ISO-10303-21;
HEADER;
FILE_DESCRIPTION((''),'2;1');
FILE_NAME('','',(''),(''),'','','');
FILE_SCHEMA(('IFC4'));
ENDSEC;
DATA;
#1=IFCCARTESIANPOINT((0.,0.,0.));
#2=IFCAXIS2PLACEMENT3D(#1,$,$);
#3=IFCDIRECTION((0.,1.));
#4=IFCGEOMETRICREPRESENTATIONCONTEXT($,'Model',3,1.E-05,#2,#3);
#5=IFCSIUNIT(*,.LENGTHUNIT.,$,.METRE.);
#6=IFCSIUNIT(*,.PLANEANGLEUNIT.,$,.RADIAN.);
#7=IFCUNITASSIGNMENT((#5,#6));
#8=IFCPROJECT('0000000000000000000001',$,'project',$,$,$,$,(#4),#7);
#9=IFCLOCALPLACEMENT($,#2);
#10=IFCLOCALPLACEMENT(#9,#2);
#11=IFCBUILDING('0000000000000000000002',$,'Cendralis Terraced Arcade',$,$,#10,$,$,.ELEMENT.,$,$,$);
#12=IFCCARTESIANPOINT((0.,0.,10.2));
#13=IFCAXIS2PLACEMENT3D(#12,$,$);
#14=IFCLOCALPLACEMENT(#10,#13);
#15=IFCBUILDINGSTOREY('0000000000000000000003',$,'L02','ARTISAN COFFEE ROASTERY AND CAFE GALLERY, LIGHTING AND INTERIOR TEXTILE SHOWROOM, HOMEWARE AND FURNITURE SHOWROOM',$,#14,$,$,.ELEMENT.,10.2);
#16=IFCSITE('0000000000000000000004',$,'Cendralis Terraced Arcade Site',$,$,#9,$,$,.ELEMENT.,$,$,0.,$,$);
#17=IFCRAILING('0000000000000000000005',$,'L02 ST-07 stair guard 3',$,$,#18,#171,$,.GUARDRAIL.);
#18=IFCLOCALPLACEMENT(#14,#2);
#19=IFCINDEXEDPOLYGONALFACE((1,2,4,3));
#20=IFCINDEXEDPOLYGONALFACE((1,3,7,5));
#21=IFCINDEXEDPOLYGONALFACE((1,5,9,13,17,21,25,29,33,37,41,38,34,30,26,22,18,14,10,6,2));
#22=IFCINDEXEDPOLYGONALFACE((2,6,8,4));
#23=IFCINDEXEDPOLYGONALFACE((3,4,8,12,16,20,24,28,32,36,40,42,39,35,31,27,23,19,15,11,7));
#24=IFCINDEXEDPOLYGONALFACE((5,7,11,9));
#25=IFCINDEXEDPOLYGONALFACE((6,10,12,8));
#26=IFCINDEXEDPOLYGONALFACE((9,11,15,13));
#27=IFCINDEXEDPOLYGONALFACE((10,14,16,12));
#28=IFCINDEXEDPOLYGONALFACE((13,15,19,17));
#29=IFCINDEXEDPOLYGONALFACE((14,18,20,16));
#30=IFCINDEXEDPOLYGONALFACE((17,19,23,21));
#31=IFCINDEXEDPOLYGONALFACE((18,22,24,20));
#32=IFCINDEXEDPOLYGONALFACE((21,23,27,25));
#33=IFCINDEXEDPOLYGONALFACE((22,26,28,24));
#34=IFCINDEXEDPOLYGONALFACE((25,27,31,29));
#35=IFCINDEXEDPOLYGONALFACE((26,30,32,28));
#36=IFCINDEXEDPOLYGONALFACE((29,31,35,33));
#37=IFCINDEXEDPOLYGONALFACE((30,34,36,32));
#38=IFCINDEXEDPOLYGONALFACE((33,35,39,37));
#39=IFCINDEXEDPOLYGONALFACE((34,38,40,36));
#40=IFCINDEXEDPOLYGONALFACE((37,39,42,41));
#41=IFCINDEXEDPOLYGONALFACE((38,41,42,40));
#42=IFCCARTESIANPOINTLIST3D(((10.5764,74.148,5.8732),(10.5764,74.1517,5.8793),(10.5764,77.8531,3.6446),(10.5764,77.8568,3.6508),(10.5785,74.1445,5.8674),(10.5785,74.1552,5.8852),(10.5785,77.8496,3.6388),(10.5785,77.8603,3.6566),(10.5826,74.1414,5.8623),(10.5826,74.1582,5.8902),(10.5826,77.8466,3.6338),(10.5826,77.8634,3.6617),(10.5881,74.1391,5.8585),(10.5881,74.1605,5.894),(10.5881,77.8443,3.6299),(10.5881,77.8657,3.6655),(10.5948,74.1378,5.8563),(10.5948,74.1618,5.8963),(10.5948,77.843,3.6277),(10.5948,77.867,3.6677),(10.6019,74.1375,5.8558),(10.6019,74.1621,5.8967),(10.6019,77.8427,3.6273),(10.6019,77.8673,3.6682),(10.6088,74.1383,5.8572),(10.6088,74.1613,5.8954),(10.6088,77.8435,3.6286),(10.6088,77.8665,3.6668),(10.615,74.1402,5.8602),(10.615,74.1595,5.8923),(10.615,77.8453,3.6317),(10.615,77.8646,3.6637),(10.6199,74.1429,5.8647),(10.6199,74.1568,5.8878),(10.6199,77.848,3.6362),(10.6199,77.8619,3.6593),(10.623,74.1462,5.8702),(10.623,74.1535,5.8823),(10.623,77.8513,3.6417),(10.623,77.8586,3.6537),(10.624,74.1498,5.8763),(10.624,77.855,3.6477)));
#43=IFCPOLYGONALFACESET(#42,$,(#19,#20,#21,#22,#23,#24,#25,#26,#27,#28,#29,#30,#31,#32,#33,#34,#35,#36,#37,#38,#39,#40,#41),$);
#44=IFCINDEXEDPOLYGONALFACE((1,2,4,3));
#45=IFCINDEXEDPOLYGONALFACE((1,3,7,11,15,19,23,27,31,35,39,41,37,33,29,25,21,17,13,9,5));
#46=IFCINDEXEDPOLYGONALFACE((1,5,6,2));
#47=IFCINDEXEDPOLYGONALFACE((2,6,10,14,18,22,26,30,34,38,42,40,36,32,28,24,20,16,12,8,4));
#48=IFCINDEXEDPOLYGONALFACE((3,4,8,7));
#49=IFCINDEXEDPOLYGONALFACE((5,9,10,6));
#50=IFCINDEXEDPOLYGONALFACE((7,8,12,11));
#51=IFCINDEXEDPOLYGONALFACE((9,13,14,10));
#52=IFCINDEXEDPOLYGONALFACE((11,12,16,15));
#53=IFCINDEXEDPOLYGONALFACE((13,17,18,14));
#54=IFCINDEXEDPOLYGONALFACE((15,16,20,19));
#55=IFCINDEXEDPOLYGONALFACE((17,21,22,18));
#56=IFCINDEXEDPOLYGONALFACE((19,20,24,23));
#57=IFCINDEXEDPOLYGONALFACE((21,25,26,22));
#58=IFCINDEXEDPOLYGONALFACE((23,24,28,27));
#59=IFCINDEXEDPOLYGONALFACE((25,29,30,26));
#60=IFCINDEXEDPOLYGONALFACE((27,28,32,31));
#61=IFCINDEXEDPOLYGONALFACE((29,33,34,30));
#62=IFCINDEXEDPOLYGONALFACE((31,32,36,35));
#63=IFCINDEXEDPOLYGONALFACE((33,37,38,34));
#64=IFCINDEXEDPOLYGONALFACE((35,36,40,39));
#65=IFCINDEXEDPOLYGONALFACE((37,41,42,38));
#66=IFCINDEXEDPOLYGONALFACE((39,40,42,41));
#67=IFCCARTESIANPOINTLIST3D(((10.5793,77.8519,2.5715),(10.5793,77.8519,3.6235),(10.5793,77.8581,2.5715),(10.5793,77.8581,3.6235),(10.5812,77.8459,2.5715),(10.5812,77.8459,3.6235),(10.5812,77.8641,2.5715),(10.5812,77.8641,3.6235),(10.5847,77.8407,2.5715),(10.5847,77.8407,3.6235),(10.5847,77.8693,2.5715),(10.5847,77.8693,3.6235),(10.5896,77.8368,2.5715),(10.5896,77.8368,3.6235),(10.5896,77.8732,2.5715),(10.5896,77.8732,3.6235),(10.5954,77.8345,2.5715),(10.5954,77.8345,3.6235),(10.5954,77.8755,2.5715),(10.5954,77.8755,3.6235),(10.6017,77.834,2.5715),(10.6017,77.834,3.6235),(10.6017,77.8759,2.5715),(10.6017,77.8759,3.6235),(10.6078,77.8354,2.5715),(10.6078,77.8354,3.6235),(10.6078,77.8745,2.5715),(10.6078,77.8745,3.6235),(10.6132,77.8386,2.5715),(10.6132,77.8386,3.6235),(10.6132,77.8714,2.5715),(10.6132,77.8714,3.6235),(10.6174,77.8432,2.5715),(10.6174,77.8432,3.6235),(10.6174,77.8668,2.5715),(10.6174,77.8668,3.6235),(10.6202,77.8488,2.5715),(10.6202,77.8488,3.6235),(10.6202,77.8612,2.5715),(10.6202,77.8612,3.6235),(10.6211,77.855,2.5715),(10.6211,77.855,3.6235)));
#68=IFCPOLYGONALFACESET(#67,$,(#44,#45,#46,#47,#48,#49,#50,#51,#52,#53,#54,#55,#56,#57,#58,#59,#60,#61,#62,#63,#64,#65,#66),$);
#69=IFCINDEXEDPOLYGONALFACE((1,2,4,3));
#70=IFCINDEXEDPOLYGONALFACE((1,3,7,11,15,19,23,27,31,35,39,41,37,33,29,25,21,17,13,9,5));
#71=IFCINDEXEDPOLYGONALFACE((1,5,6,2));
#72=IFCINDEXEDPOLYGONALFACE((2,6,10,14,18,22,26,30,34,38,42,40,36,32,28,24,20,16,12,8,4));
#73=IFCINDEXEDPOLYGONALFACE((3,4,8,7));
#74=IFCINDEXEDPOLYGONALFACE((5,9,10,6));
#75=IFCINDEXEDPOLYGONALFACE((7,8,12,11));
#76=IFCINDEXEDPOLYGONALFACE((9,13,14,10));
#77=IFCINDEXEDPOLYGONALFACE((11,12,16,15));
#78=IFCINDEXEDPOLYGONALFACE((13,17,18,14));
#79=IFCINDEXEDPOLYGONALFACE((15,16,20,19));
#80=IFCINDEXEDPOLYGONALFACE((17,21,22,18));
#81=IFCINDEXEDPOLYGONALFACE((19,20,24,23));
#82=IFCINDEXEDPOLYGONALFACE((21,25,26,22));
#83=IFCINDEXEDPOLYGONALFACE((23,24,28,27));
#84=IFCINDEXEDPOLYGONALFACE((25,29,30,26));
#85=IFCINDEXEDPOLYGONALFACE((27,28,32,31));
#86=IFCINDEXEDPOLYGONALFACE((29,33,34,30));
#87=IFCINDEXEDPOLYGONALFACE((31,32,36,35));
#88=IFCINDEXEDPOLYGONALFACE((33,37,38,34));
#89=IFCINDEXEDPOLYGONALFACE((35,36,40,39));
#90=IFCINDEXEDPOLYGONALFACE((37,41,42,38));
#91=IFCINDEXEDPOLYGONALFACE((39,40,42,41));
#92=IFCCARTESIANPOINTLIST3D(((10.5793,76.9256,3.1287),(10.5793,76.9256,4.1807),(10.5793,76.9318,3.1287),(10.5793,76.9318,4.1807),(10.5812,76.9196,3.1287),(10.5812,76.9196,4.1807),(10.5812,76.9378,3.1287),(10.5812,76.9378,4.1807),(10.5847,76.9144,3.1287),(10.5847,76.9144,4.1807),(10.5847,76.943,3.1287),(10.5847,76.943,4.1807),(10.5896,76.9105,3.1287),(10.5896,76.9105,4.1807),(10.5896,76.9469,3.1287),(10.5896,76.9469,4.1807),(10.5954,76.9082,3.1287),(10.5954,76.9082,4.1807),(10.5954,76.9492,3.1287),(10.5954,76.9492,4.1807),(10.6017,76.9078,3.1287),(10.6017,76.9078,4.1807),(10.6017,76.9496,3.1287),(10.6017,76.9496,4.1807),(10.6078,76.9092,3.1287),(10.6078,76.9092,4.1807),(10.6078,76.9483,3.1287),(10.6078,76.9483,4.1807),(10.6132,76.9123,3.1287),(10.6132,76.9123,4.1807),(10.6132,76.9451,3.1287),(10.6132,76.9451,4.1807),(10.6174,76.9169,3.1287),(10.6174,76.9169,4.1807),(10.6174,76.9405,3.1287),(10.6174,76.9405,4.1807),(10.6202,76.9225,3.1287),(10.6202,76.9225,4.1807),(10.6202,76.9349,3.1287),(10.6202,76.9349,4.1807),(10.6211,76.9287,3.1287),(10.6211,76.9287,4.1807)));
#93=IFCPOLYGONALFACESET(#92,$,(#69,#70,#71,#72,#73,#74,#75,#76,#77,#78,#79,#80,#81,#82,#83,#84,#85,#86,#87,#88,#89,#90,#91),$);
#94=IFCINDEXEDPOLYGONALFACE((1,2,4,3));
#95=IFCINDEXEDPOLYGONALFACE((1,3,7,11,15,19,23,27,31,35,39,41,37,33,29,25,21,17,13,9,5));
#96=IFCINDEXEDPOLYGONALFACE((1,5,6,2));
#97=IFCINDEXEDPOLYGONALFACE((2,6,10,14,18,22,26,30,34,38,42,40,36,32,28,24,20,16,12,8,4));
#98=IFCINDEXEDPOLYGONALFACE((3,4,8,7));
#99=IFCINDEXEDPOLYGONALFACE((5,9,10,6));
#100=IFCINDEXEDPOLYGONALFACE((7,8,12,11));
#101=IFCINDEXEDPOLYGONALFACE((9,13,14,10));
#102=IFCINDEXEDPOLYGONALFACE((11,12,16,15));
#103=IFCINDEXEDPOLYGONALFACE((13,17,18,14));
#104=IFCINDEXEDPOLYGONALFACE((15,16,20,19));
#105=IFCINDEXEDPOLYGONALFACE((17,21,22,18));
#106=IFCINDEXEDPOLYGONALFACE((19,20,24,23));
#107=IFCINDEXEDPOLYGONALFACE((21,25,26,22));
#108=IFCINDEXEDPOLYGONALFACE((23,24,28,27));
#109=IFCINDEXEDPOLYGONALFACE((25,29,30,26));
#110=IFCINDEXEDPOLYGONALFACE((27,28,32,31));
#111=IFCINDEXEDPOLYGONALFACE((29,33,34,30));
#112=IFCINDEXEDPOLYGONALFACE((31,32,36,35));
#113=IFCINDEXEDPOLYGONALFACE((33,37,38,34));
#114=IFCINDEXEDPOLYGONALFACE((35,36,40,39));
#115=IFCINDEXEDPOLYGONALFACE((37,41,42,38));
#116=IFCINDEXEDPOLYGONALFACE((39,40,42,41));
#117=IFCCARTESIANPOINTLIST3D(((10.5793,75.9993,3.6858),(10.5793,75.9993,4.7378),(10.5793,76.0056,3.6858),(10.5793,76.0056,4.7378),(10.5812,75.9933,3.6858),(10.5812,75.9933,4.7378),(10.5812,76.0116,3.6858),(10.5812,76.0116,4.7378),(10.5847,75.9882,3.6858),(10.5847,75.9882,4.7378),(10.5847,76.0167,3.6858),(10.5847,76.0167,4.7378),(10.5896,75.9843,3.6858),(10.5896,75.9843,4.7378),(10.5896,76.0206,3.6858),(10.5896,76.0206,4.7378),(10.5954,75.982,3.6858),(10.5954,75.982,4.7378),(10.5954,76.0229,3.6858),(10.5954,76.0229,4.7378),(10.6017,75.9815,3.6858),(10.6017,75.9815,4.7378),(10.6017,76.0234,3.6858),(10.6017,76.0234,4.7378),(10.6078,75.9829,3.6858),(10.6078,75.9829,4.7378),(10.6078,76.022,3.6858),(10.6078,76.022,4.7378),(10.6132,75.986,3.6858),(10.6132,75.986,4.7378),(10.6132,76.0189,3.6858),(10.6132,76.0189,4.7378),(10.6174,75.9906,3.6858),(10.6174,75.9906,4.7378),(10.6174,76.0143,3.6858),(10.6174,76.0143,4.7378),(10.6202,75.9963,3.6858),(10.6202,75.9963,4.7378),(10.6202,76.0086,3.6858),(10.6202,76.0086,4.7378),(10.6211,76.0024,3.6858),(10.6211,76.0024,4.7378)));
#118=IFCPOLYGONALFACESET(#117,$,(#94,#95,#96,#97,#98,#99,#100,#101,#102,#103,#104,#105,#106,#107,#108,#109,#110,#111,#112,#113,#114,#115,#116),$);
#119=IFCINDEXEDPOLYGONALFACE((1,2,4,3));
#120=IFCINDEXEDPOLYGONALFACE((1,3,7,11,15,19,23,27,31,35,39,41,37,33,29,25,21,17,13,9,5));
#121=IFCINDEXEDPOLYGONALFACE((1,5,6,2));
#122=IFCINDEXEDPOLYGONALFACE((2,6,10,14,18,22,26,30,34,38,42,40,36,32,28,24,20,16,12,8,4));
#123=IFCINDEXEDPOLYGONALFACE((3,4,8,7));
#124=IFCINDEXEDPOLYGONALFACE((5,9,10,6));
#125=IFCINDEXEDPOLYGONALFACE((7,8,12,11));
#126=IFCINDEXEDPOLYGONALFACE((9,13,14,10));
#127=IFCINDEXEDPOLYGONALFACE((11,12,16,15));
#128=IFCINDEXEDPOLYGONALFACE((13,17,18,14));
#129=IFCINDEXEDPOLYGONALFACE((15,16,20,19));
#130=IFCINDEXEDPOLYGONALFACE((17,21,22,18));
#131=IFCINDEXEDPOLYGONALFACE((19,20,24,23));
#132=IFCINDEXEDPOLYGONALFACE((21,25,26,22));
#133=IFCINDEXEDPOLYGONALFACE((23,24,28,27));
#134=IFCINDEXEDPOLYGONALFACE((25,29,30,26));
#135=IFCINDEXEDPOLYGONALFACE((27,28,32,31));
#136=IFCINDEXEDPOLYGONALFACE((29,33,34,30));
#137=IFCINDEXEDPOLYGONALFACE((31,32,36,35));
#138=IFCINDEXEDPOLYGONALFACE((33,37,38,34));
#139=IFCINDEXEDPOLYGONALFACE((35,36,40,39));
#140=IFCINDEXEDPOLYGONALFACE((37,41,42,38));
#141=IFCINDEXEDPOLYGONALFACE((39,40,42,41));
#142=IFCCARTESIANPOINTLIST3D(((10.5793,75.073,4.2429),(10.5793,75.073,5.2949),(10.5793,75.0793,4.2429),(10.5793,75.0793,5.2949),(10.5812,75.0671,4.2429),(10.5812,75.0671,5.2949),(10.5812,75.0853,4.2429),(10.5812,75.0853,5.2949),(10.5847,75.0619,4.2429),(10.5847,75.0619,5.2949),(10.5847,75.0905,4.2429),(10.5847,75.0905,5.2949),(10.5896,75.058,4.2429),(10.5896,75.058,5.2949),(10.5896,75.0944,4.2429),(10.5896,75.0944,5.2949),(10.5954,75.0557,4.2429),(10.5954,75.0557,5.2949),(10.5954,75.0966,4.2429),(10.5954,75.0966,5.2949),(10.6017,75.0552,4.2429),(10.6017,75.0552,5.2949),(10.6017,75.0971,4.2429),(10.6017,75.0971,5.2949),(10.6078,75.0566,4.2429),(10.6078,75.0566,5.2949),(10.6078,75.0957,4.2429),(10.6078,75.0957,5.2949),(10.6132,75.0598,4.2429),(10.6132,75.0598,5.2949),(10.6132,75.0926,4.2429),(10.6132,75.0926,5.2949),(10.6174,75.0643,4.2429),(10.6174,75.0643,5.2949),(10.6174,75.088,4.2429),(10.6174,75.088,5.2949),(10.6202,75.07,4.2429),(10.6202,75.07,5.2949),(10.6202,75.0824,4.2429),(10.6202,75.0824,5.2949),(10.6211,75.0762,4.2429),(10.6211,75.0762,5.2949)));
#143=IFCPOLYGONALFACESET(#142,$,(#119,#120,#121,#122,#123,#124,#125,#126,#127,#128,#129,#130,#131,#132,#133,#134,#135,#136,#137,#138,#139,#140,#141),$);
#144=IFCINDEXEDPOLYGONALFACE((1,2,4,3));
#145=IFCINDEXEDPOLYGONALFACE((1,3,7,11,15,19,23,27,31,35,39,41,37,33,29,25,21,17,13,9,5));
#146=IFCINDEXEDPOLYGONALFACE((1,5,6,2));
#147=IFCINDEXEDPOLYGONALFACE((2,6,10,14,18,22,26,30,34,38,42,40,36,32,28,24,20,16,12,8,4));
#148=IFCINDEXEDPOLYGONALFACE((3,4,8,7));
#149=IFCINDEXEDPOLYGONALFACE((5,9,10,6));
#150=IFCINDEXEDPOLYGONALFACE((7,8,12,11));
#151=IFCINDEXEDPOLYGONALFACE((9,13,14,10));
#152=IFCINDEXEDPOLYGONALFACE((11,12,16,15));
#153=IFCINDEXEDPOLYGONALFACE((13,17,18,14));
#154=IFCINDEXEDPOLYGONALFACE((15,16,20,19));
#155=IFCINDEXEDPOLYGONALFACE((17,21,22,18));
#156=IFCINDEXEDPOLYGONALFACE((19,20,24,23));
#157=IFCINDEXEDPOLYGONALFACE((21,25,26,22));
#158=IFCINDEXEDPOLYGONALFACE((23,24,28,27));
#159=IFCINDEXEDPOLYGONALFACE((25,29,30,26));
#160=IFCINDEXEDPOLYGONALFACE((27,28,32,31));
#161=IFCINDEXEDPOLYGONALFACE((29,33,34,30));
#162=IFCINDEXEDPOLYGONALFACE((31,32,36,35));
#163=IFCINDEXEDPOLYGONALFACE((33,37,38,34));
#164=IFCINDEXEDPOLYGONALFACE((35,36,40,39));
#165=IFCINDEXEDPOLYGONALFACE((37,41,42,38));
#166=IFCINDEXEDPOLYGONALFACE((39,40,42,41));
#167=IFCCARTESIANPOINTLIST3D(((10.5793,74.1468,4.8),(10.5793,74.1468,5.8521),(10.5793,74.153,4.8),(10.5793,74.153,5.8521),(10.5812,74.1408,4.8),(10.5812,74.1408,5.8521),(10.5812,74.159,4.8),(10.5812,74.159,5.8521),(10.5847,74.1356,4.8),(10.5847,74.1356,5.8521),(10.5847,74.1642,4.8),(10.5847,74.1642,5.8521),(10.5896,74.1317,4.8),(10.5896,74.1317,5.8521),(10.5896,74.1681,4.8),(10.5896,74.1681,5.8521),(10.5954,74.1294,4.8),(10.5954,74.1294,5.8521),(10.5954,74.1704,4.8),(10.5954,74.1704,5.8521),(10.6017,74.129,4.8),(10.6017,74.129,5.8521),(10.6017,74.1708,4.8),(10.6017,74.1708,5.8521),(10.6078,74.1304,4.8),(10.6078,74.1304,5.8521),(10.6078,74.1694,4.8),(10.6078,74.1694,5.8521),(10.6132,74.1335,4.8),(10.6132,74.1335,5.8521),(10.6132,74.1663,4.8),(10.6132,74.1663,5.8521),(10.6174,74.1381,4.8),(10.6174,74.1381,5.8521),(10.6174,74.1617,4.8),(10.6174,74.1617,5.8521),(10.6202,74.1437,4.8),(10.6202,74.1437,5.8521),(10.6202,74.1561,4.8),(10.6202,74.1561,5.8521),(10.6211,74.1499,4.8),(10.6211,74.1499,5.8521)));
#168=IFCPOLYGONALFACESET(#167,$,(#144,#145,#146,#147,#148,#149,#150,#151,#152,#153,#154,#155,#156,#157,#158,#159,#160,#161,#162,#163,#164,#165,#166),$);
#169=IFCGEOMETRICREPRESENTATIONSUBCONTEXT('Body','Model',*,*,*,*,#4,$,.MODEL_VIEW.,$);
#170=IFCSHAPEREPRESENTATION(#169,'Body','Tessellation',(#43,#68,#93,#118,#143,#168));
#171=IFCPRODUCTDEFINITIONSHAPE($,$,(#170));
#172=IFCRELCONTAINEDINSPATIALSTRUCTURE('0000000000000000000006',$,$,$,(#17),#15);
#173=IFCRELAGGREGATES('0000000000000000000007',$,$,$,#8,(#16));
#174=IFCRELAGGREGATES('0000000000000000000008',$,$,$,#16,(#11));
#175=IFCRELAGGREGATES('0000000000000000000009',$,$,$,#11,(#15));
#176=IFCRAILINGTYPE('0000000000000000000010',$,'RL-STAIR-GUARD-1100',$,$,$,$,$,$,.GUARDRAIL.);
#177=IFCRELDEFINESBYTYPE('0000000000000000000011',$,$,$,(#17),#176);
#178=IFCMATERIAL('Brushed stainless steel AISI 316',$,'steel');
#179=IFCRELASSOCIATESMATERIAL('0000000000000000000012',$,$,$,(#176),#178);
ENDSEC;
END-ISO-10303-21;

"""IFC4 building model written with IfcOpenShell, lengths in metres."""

from ifc_helpers import new_model, si_unit, direction, frame, origin, origin_2d, place, context, subcontext, project, spatial, circle, extrude, material, type_object, element, save


model = new_model("IFC4")

# Units and contexts
model_context = context("Model", 3, precision=1e-05, world=origin(), true_north=direction((0.0, 1.0)))
body_context = subcontext(model_context, "Body", "Model", "MODEL_VIEW")
ifc_project = project(units=[si_unit("LENGTHUNIT", "METRE"), si_unit("PLANEANGLEUNIT", "RADIAN")], contexts=[model_context])

# Site, building, storey
site_placement = place(None, origin())
site = spatial("IfcSite", under=ifc_project, at=site_placement, Name="Cendralis Terraced Arcade Site", CompositionType="ELEMENT", RefElevation=0.0)
building_placement = place(site_placement, origin())
building = spatial("IfcBuilding", under=site, at=building_placement, Name="Cendralis Terraced Arcade", CompositionType="ELEMENT")
storey_placement = place(building_placement, frame((0.0, 0.0, 10.2)))
storey = spatial("IfcBuildingStorey", under=building, at=storey_placement, Name="L02", Description="ARTISAN COFFEE ROASTERY AND CAFE GALLERY, LIGHTING AND INTERIOR TEXTILE SHOWROOM, HOMEWARE AND FURNITURE SHOWROOM", CompositionType="ELEMENT", Elevation=10.2)

# Railing
ifc_material_1 = material(Name="Brushed stainless steel AISI 316", Category="steel")
railing_type_1 = type_object("IfcRailingType", Name="RL-STAIR-GUARD-1100", PredefinedType="GUARDRAIL", material=ifc_material_1)
railing_1_placement = place(storey_placement, frame((10.6001, 77.855, 2.5715)))
element("IfcRailing", 1, at=railing_1_placement, inside=storey, type_object=railing_type_1, Name="L02 ST-07 stair guard 3", PredefinedType="GUARDRAIL", context=body_context, shape_type="SweptSolid", body=[
    extrude(circle(Radius=0.0239, at=origin_2d()), frame((0.0, 0.0, 1.0762), z_axis=(0.0, -0.856934, 0.515425), x_axis=(1.0, 0.0, 0.0)), (0.0, 0.0, 1.0), 4.3237),
    extrude(circle(Radius=0.021, at=origin_2d()), origin(), (0.0, 0.0, 1.0), 1.052),
    extrude(circle(Radius=0.021, at=origin_2d()), frame((0.0, -0.9263, 0.5571)), (0.0, 0.0, 1.0), 1.052),
    extrude(circle(Radius=0.021, at=origin_2d()), frame((0.0, -1.8525, 1.1143)), (0.0, 0.0, 1.0), 1.052),
    extrude(circle(Radius=0.021, at=origin_2d()), frame((0.0, -2.7788, 1.6714)), (0.0, 0.0, 1.0), 1.052),
    extrude(circle(Radius=0.021, at=origin_2d()), frame((0.0, -3.7051, 2.2285)), (0.0, 0.0, 1.0), 1.052),
])

save(model, "model.ifc")
